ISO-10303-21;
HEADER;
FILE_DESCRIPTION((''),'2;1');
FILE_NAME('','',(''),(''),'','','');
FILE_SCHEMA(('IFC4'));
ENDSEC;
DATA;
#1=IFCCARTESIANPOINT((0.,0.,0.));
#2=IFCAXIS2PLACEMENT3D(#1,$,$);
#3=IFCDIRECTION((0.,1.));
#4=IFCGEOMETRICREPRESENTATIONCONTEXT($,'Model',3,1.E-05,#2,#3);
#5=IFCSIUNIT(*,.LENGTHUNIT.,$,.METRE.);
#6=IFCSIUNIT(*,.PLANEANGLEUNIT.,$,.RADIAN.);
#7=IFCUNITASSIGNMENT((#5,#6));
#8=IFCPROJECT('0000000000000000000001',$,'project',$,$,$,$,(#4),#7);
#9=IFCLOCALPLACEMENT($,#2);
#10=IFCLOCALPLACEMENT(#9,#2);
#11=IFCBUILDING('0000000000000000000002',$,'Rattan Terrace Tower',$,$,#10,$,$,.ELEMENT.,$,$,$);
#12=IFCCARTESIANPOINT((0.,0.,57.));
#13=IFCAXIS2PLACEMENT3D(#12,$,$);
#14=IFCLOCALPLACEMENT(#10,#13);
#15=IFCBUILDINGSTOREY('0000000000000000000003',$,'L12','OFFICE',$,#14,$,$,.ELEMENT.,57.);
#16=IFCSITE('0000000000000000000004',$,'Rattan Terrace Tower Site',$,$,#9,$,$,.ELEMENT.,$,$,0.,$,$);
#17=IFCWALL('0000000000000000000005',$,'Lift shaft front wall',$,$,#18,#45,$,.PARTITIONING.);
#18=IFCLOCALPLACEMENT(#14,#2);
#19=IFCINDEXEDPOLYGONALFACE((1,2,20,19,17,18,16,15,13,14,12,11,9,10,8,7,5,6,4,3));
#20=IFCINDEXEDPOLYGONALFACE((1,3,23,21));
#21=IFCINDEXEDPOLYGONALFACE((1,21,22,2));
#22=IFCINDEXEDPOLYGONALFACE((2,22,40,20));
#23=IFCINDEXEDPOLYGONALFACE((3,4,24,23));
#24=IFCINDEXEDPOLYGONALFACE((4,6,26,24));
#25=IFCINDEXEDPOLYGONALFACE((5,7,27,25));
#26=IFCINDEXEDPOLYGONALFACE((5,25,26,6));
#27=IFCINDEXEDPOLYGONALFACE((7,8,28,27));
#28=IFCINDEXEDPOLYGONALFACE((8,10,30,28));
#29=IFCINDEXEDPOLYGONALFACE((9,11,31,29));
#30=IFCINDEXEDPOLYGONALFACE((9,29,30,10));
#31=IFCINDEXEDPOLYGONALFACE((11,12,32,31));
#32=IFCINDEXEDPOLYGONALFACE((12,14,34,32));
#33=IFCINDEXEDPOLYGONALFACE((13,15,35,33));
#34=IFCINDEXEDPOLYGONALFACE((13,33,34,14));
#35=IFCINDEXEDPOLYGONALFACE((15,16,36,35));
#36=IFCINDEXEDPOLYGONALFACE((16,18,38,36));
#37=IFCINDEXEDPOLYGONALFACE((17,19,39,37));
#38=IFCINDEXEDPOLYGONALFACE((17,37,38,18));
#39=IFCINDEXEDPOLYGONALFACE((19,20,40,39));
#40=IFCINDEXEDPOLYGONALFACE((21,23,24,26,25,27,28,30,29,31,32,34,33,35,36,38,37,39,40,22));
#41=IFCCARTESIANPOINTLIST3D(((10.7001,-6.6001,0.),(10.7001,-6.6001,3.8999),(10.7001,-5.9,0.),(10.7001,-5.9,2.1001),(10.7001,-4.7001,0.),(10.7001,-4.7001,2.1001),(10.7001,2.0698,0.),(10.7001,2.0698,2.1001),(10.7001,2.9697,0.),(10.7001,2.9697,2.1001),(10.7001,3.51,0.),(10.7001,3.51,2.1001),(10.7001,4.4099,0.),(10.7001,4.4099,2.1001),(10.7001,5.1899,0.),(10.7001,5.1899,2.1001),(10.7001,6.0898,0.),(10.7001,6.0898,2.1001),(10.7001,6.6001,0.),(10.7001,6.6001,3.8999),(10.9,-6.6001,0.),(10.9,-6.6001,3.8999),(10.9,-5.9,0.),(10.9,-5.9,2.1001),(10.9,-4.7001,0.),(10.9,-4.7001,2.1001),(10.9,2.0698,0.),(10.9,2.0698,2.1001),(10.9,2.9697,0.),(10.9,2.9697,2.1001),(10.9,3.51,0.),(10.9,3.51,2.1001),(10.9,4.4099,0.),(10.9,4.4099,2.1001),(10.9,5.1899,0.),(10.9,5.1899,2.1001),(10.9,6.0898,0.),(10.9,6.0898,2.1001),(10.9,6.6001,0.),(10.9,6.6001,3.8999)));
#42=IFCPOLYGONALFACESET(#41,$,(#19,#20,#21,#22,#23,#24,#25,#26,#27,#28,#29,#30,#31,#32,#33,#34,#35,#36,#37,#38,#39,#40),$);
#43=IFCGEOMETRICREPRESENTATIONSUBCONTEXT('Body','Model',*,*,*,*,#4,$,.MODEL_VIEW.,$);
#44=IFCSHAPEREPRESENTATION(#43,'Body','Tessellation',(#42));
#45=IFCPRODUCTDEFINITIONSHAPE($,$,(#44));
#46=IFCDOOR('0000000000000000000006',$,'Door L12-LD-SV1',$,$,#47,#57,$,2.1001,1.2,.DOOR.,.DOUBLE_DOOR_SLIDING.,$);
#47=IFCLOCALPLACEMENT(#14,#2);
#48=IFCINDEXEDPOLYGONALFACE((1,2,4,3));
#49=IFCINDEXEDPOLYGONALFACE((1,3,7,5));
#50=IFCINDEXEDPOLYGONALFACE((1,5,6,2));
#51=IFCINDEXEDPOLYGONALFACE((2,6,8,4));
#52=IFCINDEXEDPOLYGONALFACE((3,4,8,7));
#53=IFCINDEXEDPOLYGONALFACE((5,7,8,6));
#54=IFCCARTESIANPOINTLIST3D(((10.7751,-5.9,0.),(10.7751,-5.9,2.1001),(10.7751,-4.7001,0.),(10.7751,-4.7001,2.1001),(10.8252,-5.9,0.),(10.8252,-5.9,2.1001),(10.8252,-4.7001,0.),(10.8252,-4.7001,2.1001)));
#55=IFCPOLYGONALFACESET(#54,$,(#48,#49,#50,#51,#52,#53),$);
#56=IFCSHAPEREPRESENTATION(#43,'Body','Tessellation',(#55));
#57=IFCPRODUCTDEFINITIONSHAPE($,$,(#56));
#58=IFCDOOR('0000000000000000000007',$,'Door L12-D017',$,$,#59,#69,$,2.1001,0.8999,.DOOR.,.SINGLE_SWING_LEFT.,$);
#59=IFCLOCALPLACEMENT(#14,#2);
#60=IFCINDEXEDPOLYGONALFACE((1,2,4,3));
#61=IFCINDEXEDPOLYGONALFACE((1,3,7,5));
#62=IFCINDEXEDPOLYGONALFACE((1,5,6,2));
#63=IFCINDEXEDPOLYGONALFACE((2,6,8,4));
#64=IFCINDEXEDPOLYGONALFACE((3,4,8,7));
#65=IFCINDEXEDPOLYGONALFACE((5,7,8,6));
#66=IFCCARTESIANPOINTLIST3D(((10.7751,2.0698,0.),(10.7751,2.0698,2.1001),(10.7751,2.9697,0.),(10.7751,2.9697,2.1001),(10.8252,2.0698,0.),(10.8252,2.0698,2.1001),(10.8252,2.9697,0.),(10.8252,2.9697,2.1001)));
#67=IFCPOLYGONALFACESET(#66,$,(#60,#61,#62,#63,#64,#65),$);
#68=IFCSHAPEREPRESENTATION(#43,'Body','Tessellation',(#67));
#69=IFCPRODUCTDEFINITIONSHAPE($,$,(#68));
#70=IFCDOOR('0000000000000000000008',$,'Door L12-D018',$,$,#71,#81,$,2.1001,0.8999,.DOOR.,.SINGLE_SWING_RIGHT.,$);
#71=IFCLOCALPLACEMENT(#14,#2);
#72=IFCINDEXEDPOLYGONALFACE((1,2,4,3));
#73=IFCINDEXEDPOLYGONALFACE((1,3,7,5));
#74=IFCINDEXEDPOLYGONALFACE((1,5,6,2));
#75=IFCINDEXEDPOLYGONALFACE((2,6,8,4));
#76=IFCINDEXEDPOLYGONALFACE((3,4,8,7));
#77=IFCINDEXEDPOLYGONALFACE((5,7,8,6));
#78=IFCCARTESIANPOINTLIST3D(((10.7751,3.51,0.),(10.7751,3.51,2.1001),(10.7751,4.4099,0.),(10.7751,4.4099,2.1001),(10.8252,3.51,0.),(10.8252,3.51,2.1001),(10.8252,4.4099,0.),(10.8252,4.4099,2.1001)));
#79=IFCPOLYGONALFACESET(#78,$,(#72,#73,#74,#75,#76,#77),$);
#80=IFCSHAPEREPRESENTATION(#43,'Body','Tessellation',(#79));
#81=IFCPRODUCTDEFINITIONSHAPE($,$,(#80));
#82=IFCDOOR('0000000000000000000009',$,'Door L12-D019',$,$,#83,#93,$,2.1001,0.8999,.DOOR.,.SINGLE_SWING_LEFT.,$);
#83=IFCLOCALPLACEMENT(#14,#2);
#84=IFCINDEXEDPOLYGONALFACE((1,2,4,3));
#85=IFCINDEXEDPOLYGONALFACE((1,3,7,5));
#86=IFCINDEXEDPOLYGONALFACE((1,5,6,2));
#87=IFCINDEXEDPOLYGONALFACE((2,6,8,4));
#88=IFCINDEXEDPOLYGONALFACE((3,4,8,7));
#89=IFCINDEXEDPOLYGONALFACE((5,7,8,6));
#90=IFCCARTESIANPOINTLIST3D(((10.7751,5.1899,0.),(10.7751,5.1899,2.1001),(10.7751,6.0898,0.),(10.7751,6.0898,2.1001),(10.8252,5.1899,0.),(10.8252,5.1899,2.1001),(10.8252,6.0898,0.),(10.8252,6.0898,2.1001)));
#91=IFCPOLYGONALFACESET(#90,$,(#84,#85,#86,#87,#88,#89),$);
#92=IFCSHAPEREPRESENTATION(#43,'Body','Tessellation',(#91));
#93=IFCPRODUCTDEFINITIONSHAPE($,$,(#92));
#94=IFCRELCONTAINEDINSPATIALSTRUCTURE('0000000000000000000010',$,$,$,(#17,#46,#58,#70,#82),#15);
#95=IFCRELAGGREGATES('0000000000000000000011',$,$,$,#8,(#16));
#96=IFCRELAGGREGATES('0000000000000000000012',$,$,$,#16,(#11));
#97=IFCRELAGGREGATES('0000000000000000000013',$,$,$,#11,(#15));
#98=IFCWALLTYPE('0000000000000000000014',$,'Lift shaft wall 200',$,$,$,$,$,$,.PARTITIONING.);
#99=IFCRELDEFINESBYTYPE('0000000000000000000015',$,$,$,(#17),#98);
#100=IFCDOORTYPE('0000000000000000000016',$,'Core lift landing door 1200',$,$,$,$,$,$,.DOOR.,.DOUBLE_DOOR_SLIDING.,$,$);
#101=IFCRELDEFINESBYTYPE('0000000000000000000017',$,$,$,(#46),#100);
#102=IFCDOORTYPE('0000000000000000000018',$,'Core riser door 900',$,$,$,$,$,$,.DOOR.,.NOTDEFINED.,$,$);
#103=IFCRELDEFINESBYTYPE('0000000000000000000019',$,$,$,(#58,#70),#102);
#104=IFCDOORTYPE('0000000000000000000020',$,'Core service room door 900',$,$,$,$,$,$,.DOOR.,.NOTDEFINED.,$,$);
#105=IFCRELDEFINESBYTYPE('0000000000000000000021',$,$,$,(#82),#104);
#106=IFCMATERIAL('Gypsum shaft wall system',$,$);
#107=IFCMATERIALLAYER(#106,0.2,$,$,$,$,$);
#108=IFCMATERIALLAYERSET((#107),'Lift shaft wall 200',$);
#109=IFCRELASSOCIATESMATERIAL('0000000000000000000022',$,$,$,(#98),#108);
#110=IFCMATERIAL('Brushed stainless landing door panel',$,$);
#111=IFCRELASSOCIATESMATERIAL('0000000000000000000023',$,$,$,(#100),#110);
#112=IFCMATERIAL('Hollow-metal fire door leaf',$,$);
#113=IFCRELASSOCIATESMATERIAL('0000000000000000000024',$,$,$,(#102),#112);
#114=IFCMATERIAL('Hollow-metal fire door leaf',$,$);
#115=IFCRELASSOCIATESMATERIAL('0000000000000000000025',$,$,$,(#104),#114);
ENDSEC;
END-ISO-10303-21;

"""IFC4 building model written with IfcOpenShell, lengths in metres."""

from ifc_helpers import new_model, si_unit, direction, frame, frame_2d, origin, place, context, subcontext, project, spatial, rectangle, extrude, material, layer, layer_set, type_object, element, fill, save


model = new_model("IFC4")

# Units and contexts
model_context = context("Model", 3, precision=1e-05, world=origin(), true_north=direction((0.0, 1.0)))
body_context = subcontext(model_context, "Body", "Model", "MODEL_VIEW")
ifc_project = project(units=[si_unit("LENGTHUNIT", "METRE"), si_unit("PLANEANGLEUNIT", "RADIAN")], contexts=[model_context])

# Site, building, storey
site_placement = place(None, origin())
site = spatial("IfcSite", under=ifc_project, at=site_placement, Name="Rattan Terrace Tower Site", CompositionType="ELEMENT", RefElevation=0.0)
building_placement = place(site_placement, origin())
building = spatial("IfcBuilding", under=site, at=building_placement, Name="Rattan Terrace Tower", CompositionType="ELEMENT")
storey_placement = place(building_placement, frame((0.0, 0.0, 57.0)))
storey = spatial("IfcBuildingStorey", under=building, at=storey_placement, Name="L12", Description="OFFICE", CompositionType="ELEMENT", Elevation=57.0)

# Wall, openings, doors
ifc_material_1 = material(Name="Gypsum shaft wall system")
ifc_layer_1 = layer(ifc_material_1, 0.2)
ifc_layer_set_1 = layer_set([ifc_layer_1], Name="Lift shaft wall 200")
wall_type_1 = type_object("IfcWallType", Name="Lift shaft wall 200", PredefinedType="PARTITIONING", material=ifc_layer_set_1)
wall_1_placement = place(storey_placement, frame((10.8, -6.6001, 0.0), z_axis=(0.0, 0.0, 1.0), x_axis=(0.0, 1.0, 0.0)))
wall_1 = element("IfcWall", 1, at=wall_1_placement, inside=storey, type_object=wall_type_1, Name="Lift shaft front wall", PredefinedType="PARTITIONING", context=body_context, shape_type="SweptSolid", body=[
    extrude(rectangle(XDim=13.2002, YDim=0.2, at=frame_2d((6.6001, 0.0))), origin(), (0.0, 0.0, 1.0), 3.8999),
])
opening_1_placement = place(wall_1_placement, frame((0.7, 0.0, 0.0)))
opening_1 = element("IfcOpeningElement", 2, at=opening_1_placement, cuts=wall_1, PredefinedType="OPENING", context=body_context, shape_type="SweptSolid", body=[
    extrude(rectangle(XDim=1.2, YDim=2.1001, at=frame_2d((0.6001, 1.05))), frame((0.0, 0.1106, 0.0), z_axis=(0.0, -1.0, 0.0), x_axis=(1.0, 0.0, 0.0)), (0.0, 0.0, 1.0), 0.2209),
])
opening_2_placement = place(wall_1_placement, frame((8.6699, 0.0, 0.0)))
opening_2 = element("IfcOpeningElement", 3, at=opening_2_placement, cuts=wall_1, PredefinedType="OPENING", context=body_context, shape_type="SweptSolid", body=[
    extrude(rectangle(XDim=0.8999, YDim=2.1001, at=frame_2d((0.45, 1.05))), frame((0.0, 0.1106, 0.0), z_axis=(0.0, -1.0, 0.0), x_axis=(1.0, 0.0, 0.0)), (0.0, 0.0, 1.0), 0.2209),
])
opening_3_placement = place(wall_1_placement, frame((10.1101, 0.0, 0.0)))
opening_3 = element("IfcOpeningElement", 4, at=opening_3_placement, cuts=wall_1, PredefinedType="OPENING", context=body_context, shape_type="SweptSolid", body=[
    extrude(rectangle(XDim=0.8999, YDim=2.1001, at=frame_2d((0.45, 1.05))), frame((0.0, 0.1106, 0.0), z_axis=(0.0, -1.0, 0.0), x_axis=(1.0, 0.0, 0.0)), (0.0, 0.0, 1.0), 0.2209),
])
opening_4_placement = place(wall_1_placement, frame((11.79, 0.0, 0.0)))
opening_4 = element("IfcOpeningElement", 5, at=opening_4_placement, cuts=wall_1, PredefinedType="OPENING", context=body_context, shape_type="SweptSolid", body=[
    extrude(rectangle(XDim=0.8999, YDim=2.1001, at=frame_2d((0.45, 1.05))), frame((0.0, 0.1106, 0.0), z_axis=(0.0, -1.0, 0.0), x_axis=(1.0, 0.0, 0.0)), (0.0, 0.0, 1.0), 0.2209),
])
ifc_material_2 = material(Name="Brushed stainless landing door panel")
door_type_1 = type_object("IfcDoorType", Name="Core lift landing door 1200", OperationType="DOUBLE_DOOR_SLIDING", PredefinedType="DOOR", material=ifc_material_2)
door_1_placement = place(opening_1_placement, origin())
door_1 = element("IfcDoor", 6, at=door_1_placement, inside=storey, type_object=door_type_1, Name="Door L12-LD-SV1", OperationType="DOUBLE_DOOR_SLIDING", OverallHeight=2.1001, OverallWidth=1.2, PredefinedType="DOOR", context=body_context, shape_type="SweptSolid", body=[
    extrude(rectangle(XDim=1.2, YDim=2.1001, at=frame_2d((0.6001, 1.05))), frame((0.0, 0.0249, 0.0), z_axis=(0.0, -1.0, 0.0), x_axis=(1.0, 0.0, 0.0)), (0.0, 0.0, 1.0), 0.05),
])
fill(opening_1, door_1)
ifc_material_3 = material(Name="Hollow-metal fire door leaf")
door_type_2 = type_object("IfcDoorType", Name="Core riser door 900", OperationType="NOTDEFINED", PredefinedType="DOOR", material=ifc_material_3)
door_2_placement = place(opening_2_placement, origin())
door_2 = element("IfcDoor", 7, at=door_2_placement, inside=storey, type_object=door_type_2, Name="Door L12-D017", OperationType="SINGLE_SWING_LEFT", OverallHeight=2.1001, OverallWidth=0.8999, PredefinedType="DOOR", context=body_context, shape_type="SweptSolid", body=[
    extrude(rectangle(XDim=0.8999, YDim=2.1001, at=frame_2d((0.45, 1.05))), frame((0.0, 0.0249, 0.0), z_axis=(0.0, -1.0, 0.0), x_axis=(1.0, 0.0, 0.0)), (0.0, 0.0, 1.0), 0.05),
])
fill(opening_2, door_2)
door_3_placement = place(opening_3_placement, origin())
door_3 = element("IfcDoor", 8, at=door_3_placement, inside=storey, type_object=door_type_2, Name="Door L12-D018", OperationType="SINGLE_SWING_RIGHT", OverallHeight=2.1001, OverallWidth=0.8999, PredefinedType="DOOR", context=body_context, shape_type="SweptSolid", body=[
    extrude(rectangle(XDim=0.8999, YDim=2.1001, at=frame_2d((0.45, 1.05))), frame((0.0, 0.0249, 0.0), z_axis=(0.0, -1.0, 0.0), x_axis=(1.0, 0.0, 0.0)), (0.0, 0.0, 1.0), 0.05),
])
fill(opening_3, door_3)
ifc_material_4 = material(Name="Hollow-metal fire door leaf")
door_type_3 = type_object("IfcDoorType", Name="Core service room door 900", OperationType="NOTDEFINED", PredefinedType="DOOR", material=ifc_material_4)
door_4_placement = place(opening_4_placement, origin())
door_4 = element("IfcDoor", 9, at=door_4_placement, inside=storey, type_object=door_type_3, Name="Door L12-D019", OperationType="SINGLE_SWING_LEFT", OverallHeight=2.1001, OverallWidth=0.8999, PredefinedType="DOOR", context=body_context, shape_type="SweptSolid", body=[
    extrude(rectangle(XDim=0.8999, YDim=2.1001, at=frame_2d((0.45, 1.05))), frame((0.0, 0.0249, 0.0), z_axis=(0.0, -1.0, 0.0), x_axis=(1.0, 0.0, 0.0)), (0.0, 0.0, 1.0), 0.05),
])
fill(opening_4, door_4)

save(model, "model.ifc")
